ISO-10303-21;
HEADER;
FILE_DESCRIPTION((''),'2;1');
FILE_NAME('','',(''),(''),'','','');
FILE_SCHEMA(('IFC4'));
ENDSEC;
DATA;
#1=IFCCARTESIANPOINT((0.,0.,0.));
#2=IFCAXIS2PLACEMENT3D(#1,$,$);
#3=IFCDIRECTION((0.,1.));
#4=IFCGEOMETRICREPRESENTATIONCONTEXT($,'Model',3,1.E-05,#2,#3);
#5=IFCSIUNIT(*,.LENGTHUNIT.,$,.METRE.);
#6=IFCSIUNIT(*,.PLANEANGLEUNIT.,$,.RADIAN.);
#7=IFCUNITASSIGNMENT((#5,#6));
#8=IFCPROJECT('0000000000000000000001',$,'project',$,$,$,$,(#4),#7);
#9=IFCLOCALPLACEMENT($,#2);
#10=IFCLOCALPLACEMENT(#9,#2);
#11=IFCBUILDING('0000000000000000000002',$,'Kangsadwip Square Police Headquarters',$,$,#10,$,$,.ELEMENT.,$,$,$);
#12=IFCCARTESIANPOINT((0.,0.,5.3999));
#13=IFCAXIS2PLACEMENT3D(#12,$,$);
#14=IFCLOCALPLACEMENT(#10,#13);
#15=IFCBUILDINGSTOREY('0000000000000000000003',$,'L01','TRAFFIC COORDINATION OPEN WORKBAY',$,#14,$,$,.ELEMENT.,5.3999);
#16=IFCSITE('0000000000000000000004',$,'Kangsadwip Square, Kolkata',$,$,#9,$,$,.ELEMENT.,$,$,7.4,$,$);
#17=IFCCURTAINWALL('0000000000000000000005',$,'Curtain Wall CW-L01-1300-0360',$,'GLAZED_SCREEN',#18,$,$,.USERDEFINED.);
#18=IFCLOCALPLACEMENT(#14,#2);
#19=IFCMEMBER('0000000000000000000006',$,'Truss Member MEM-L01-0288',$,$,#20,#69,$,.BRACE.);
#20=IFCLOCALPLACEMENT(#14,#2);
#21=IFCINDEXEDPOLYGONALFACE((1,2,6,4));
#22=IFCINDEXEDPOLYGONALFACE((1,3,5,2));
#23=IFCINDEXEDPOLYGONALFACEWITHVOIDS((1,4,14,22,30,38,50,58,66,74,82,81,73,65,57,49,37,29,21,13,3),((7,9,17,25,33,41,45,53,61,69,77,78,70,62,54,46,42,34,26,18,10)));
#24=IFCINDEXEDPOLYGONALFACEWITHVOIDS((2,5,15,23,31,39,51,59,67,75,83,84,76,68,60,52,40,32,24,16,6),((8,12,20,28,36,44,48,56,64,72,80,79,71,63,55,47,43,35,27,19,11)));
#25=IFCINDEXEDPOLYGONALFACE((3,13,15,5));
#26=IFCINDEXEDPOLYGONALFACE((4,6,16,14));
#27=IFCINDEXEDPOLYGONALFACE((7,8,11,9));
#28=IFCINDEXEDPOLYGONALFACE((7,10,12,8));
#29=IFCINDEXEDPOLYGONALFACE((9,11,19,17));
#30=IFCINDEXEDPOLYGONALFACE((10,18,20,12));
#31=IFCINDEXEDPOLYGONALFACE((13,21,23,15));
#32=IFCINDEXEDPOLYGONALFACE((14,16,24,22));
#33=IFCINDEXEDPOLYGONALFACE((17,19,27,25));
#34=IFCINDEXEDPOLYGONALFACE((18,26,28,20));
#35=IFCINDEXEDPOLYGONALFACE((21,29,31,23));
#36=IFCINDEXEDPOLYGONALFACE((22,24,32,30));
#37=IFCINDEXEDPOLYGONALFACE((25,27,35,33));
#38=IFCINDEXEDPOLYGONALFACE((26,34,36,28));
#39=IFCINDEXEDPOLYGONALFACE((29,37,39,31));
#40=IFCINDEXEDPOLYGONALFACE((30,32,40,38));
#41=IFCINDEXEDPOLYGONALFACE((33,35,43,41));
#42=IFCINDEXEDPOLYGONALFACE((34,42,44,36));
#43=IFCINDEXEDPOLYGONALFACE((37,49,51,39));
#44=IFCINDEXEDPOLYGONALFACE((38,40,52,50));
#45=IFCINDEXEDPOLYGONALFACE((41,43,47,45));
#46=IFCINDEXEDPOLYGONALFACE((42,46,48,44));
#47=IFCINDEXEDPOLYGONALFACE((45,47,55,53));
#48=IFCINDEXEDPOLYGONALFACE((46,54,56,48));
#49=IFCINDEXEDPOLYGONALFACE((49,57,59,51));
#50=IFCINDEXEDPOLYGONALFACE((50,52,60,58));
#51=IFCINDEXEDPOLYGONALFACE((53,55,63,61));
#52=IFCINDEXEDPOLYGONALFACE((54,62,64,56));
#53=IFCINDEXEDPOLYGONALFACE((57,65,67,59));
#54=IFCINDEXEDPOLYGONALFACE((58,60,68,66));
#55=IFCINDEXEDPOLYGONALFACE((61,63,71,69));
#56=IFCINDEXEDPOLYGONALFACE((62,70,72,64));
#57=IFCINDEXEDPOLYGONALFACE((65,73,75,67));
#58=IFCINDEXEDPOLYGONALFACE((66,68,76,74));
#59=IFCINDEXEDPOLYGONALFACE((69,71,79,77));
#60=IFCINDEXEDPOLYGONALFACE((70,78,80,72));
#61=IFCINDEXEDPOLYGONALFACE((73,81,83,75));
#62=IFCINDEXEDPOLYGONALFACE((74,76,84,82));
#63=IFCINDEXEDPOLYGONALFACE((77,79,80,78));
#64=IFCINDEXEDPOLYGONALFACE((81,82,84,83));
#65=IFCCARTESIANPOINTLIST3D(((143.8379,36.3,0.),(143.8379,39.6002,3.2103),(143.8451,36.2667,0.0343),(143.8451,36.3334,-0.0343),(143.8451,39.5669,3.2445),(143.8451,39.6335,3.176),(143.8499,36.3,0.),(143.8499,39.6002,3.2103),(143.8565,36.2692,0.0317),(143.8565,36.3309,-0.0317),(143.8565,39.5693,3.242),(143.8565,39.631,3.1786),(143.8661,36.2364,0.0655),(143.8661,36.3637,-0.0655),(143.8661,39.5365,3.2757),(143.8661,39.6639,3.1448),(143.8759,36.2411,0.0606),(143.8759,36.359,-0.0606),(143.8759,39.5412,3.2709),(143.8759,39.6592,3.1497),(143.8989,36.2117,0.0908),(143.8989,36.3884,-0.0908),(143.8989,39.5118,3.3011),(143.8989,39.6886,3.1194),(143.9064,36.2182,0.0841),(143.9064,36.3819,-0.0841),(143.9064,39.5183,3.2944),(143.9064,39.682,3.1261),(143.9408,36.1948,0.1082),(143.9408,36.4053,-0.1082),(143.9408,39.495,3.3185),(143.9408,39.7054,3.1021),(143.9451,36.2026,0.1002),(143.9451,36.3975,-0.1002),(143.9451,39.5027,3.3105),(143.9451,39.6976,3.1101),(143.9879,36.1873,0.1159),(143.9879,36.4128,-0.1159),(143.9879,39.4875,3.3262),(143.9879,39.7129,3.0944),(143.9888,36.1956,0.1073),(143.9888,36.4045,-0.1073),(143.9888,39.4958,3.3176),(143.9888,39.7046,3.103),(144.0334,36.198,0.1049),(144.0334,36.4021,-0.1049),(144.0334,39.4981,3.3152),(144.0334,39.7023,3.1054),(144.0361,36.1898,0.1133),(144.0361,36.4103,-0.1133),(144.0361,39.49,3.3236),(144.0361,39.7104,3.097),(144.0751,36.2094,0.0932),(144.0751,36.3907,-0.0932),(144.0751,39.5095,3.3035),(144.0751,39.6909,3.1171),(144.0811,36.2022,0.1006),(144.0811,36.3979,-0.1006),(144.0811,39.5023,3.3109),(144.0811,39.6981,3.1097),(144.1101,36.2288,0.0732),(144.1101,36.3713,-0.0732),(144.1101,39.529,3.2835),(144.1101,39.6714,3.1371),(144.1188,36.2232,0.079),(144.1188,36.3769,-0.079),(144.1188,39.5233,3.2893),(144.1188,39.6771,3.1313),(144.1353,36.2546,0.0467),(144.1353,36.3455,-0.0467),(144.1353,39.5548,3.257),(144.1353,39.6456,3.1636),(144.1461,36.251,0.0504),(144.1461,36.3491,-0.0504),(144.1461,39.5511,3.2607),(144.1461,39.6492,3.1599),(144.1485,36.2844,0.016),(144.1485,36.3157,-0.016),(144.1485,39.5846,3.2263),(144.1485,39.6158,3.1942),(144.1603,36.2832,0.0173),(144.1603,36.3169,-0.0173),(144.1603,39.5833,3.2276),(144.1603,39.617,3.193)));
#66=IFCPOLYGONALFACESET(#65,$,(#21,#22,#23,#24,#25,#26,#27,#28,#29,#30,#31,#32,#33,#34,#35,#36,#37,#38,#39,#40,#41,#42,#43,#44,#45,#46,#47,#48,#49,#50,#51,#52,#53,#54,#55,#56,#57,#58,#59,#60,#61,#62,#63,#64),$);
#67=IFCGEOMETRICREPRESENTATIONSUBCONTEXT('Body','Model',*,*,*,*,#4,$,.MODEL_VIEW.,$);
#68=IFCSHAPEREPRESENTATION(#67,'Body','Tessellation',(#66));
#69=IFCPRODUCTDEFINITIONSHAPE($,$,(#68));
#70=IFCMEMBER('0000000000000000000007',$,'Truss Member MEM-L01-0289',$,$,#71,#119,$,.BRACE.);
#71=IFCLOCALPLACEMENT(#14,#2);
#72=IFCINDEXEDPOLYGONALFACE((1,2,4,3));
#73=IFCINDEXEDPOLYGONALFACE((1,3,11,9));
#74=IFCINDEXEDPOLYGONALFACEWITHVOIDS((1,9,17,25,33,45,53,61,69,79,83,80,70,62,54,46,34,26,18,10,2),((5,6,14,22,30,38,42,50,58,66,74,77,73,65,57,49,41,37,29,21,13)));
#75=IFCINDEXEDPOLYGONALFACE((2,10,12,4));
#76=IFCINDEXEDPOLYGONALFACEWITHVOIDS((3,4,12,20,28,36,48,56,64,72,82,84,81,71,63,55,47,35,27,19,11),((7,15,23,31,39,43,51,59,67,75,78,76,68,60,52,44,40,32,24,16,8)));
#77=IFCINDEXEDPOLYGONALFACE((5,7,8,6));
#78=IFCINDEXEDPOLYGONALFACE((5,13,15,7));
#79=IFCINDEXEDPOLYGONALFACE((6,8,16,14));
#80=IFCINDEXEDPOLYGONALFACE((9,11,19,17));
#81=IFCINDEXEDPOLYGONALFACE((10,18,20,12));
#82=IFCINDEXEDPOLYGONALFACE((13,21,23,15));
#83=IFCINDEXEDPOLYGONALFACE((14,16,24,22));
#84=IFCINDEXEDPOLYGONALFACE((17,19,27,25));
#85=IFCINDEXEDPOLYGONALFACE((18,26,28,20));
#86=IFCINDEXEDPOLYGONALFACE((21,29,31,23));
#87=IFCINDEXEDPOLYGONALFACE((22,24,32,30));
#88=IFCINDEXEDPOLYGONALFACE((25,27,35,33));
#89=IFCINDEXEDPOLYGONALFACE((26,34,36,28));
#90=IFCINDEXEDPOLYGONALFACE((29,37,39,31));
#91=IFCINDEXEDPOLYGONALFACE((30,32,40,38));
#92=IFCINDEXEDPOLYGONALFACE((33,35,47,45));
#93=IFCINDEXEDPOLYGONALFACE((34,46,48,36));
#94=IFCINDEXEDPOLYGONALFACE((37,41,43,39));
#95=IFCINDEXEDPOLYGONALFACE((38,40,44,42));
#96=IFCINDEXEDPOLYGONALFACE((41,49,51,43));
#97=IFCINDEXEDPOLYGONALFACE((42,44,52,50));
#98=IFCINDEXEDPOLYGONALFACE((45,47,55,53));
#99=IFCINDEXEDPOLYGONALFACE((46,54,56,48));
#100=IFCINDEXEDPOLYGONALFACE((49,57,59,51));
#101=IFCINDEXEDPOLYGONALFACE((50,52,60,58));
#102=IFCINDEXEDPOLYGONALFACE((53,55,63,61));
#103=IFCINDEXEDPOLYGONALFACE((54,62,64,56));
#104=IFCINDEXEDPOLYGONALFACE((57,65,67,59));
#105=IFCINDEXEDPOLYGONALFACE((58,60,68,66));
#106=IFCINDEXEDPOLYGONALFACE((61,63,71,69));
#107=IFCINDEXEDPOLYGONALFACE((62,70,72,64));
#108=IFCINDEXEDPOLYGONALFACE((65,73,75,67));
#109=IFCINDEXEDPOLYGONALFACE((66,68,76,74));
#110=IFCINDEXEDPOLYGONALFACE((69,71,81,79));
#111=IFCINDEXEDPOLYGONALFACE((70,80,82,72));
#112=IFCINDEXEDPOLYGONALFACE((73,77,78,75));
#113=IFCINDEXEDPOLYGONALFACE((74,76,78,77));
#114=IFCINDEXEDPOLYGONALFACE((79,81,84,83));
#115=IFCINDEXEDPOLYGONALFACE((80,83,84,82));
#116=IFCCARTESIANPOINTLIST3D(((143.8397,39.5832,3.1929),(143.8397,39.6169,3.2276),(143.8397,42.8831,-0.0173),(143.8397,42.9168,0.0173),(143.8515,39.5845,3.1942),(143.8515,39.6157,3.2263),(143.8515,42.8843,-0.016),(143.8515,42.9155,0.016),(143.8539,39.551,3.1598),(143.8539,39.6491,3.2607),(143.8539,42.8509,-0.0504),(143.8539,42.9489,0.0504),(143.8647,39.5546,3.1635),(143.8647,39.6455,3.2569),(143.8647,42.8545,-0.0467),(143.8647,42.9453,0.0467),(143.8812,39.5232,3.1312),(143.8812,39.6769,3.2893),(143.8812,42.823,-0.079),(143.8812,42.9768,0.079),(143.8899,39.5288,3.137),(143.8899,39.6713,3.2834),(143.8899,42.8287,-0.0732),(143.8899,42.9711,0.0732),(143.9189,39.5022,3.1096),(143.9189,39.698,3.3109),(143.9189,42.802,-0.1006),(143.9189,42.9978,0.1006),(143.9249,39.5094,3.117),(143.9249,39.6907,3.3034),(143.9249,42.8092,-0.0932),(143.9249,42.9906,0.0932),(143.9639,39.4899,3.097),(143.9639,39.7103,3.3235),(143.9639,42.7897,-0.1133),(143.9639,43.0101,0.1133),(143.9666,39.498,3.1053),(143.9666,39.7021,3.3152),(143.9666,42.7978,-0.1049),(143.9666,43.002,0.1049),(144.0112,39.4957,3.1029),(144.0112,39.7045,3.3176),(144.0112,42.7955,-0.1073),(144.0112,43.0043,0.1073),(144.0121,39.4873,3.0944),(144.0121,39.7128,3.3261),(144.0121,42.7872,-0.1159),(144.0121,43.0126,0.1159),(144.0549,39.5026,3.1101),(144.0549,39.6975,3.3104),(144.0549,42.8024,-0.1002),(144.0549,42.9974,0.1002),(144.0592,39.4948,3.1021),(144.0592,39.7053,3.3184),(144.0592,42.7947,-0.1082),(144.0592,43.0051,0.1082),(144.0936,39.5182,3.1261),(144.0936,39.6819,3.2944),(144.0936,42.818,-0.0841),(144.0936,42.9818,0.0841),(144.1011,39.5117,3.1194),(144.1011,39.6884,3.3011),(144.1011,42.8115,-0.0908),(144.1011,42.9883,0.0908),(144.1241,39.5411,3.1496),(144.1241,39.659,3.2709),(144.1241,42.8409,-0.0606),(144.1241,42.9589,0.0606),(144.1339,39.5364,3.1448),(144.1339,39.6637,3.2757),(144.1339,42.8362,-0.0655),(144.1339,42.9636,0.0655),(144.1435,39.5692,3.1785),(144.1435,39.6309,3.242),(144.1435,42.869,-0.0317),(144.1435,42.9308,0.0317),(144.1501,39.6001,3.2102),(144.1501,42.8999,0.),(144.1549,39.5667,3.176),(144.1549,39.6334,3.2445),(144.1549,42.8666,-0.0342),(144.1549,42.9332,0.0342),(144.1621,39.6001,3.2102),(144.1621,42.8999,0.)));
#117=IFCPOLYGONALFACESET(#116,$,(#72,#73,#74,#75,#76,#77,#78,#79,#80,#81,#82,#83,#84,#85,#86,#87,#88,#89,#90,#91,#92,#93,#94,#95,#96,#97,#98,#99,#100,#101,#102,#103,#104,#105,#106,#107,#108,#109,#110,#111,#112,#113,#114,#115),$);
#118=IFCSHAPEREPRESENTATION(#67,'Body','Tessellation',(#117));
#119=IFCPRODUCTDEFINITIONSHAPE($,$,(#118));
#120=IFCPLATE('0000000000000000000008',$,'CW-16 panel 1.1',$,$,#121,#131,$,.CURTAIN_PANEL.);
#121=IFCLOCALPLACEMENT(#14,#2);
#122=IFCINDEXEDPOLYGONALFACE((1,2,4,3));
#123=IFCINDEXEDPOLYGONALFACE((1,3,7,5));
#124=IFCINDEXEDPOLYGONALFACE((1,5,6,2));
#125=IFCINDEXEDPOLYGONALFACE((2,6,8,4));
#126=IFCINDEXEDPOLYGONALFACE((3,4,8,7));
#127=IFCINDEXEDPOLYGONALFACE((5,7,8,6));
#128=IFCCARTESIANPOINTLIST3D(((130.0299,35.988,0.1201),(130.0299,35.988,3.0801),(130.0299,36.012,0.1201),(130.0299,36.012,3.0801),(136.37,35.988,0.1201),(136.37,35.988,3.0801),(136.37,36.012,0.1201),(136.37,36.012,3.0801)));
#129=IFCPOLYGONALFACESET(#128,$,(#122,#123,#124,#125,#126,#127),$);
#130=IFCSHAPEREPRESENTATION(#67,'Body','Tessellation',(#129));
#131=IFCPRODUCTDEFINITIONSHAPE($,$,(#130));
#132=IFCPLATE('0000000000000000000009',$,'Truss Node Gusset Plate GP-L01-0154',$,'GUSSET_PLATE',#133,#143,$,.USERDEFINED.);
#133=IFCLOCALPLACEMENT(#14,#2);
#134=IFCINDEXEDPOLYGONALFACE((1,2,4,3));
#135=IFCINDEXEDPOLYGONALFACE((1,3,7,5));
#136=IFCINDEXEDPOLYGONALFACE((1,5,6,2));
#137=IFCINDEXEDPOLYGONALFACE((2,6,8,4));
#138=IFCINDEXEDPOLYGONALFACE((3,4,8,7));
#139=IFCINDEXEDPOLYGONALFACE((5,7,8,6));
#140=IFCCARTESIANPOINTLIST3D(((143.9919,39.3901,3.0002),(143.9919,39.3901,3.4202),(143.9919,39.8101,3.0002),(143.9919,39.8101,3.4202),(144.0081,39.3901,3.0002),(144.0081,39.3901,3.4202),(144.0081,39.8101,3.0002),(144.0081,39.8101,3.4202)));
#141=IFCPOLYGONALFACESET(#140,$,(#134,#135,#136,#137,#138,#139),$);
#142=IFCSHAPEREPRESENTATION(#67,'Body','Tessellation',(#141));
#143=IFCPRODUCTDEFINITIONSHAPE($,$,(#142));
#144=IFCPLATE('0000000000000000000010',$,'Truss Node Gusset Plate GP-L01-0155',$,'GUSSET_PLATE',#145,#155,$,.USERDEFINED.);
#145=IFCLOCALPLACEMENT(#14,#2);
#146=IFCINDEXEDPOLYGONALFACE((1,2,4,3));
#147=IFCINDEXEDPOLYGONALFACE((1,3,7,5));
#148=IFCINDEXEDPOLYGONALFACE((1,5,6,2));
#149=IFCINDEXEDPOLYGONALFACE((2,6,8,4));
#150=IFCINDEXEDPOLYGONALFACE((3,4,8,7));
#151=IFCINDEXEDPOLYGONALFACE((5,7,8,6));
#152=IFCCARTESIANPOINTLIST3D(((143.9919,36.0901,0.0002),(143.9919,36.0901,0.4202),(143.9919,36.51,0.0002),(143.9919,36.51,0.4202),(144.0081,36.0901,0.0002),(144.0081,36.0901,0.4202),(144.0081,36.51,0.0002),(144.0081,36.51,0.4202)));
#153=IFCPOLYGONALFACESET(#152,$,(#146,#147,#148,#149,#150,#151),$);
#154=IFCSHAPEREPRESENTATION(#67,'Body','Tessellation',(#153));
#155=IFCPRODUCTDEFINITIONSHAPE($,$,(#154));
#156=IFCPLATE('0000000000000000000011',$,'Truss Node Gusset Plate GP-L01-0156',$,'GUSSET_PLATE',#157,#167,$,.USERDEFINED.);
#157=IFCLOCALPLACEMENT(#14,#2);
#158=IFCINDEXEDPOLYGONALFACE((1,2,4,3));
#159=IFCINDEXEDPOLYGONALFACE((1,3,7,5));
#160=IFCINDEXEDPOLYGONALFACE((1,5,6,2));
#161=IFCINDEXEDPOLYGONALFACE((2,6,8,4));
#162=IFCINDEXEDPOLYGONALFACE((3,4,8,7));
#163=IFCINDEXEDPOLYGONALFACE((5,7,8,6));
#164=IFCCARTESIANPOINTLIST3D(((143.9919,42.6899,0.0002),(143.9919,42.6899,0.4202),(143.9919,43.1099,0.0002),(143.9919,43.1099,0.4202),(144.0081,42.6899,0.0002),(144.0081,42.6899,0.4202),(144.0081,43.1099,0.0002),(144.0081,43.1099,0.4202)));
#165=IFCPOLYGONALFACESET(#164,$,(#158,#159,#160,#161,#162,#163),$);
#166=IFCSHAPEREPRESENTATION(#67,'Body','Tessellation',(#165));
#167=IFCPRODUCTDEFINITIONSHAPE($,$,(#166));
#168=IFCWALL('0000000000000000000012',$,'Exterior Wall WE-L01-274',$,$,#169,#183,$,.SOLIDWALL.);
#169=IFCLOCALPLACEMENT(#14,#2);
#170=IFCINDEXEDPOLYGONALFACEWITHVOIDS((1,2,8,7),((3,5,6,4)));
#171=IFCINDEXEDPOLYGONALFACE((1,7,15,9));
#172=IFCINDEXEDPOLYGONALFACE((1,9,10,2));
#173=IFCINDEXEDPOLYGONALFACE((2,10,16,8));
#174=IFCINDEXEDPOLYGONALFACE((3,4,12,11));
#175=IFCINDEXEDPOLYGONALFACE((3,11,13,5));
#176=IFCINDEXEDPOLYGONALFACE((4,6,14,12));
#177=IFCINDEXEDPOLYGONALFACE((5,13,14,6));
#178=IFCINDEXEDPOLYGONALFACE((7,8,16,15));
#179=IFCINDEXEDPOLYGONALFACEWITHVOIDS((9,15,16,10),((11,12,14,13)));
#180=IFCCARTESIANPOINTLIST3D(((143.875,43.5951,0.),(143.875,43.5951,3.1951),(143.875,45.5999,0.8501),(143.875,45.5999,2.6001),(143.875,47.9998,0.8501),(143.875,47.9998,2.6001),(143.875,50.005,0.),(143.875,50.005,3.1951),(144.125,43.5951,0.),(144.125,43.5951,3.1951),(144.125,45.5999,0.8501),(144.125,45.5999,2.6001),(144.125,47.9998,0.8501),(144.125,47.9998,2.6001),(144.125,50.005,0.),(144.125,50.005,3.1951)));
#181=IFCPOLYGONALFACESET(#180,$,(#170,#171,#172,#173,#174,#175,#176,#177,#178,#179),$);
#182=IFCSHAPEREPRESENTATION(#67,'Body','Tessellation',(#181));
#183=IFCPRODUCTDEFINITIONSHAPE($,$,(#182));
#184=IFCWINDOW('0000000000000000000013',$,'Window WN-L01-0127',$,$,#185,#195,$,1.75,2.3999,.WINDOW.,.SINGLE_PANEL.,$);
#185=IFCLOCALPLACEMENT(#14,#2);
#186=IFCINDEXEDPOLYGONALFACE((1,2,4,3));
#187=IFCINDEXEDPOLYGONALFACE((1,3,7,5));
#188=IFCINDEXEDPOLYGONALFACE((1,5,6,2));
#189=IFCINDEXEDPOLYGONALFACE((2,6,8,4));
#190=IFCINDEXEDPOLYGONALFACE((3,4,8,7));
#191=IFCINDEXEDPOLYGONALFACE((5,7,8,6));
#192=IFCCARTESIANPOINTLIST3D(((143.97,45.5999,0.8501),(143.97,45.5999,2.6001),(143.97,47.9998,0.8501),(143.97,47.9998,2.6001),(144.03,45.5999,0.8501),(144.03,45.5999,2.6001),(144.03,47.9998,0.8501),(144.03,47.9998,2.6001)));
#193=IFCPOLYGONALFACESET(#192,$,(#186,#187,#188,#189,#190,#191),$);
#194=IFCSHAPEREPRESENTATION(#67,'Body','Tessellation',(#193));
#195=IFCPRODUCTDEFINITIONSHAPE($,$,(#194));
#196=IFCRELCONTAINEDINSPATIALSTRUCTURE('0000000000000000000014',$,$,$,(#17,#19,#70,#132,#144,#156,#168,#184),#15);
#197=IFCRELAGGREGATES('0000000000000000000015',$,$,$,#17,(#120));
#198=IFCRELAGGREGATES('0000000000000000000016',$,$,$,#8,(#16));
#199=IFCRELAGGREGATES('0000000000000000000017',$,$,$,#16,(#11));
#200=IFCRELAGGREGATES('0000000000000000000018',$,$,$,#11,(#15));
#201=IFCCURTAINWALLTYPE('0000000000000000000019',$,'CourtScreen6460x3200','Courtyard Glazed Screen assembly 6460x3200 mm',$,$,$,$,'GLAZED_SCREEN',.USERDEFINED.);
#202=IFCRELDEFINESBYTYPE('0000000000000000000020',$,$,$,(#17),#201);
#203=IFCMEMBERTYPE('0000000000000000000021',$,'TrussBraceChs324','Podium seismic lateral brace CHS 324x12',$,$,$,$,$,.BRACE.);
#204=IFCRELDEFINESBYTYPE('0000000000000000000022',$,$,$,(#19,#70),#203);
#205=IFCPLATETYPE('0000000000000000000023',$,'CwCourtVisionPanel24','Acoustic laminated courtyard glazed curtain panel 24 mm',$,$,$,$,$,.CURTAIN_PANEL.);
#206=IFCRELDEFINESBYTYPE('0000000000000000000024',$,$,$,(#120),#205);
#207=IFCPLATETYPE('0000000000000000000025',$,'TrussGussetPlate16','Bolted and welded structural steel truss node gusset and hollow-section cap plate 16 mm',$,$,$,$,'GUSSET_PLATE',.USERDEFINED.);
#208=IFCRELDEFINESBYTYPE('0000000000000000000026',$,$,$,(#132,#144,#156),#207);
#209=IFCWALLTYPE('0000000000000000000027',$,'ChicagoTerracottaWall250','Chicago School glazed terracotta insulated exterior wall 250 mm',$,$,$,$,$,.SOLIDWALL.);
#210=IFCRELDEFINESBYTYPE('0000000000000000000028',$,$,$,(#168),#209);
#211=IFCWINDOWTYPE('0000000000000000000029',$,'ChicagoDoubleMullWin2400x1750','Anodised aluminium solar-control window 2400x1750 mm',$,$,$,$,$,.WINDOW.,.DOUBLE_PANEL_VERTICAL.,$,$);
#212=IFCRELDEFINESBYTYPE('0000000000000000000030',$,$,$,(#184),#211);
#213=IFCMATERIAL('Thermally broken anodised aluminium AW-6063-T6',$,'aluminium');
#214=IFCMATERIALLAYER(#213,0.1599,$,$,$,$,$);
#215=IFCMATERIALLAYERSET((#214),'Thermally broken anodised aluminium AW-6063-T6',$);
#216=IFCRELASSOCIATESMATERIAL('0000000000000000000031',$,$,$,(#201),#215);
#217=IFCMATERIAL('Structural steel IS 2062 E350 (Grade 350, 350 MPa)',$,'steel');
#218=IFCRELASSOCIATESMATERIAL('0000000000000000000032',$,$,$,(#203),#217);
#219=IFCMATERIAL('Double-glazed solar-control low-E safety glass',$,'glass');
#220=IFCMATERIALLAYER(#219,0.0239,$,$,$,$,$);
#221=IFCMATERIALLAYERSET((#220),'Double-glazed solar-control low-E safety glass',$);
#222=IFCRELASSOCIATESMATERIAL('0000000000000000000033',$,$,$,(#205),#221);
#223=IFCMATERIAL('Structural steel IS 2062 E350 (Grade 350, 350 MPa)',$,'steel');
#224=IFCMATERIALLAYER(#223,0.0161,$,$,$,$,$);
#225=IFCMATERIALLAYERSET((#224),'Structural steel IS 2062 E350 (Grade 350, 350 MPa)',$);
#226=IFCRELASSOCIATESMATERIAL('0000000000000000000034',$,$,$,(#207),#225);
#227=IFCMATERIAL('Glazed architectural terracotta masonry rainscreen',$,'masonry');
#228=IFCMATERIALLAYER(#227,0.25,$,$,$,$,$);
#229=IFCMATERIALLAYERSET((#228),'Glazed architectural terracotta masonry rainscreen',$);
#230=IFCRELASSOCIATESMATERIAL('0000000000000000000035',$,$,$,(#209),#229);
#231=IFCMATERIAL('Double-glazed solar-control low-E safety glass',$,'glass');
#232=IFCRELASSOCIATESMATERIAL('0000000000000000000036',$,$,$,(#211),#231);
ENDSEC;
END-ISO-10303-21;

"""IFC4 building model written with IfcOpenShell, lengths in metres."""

from ifc_helpers import new_model, si_unit, direction, frame, frame_2d, origin, origin_2d, place, context, subcontext, project, spatial, rectangle, hollow_circle, extrude, material, layer, layer_set, material_profile, profile_set, type_object, element, fill, aggregate, save


model = new_model("IFC4")

# Units and contexts
model_context = context("Model", 3, precision=1e-05, world=origin(), true_north=direction((0.0, 1.0)))
body_context = subcontext(model_context, "Body", "Model", "MODEL_VIEW")
ifc_project = project(units=[si_unit("LENGTHUNIT", "METRE"), si_unit("PLANEANGLEUNIT", "RADIAN")], contexts=[model_context])

# Site, building, storey
site_placement = place(None, origin())
site = spatial("IfcSite", under=ifc_project, at=site_placement, Name="Kangsadwip Square, Kolkata", CompositionType="ELEMENT", RefElevation=7.4)
building_placement = place(site_placement, origin())
building = spatial("IfcBuilding", under=site, at=building_placement, Name="Kangsadwip Square Police Headquarters", CompositionType="ELEMENT")
storey_placement = place(building_placement, frame((0.0, 0.0, 5.3999)))
storey = spatial("IfcBuildingStorey", under=building, at=storey_placement, Name="L01", Description="TRAFFIC COORDINATION OPEN WORKBAY", CompositionType="ELEMENT", Elevation=5.3999)

# Curtain wall
ifc_material_1 = material(Name="Thermally broken anodised aluminium AW-6063-T6", Category="aluminium")
ifc_layer_1 = layer(ifc_material_1, 0.1599)
ifc_layer_set_1 = layer_set([ifc_layer_1], Name="Thermally broken anodised aluminium AW-6063-T6")
curtain_wall_type = type_object("IfcCurtainWallType", Name="CourtScreen6460x3200", Description="Courtyard Glazed Screen assembly 6460x3200 mm", ElementType="GLAZED_SCREEN", PredefinedType="USERDEFINED", material=ifc_layer_set_1)
curtain_wall_placement = place(storey_placement, origin())
curtain_wall = element("IfcCurtainWall", 1, at=curtain_wall_placement, inside=storey, type_object=curtain_wall_type, Name="Curtain Wall CW-L01-1300-0360", ObjectType="GLAZED_SCREEN", PredefinedType="USERDEFINED")

# Members
ifc_material_2 = material(Name="Structural steel IS 2062 E350 (Grade 350, 350 MPa)", Category="steel")
ifc_material_profile_1 = material_profile(ifc_material_2, hollow_circle(Radius=0.1621, WallThickness=0.012, at=origin_2d()), Name="CHS 324X12")
ifc_profile_set_1 = profile_set([ifc_material_profile_1], Name="Structural steel IS 2062 E350 (Grade 350, 350 MPa)")
member_type_1 = type_object("IfcMemberType", Name="TrussBraceChs324", Description="Podium seismic lateral brace CHS 324x12", PredefinedType="BRACE", material=ifc_profile_set_1)
member_1_placement = place(storey_placement, frame((144.0, 36.3, 0.0), z_axis=(0.0, 0.716797, 0.697282), x_axis=(-1.0, 0.0, 0.0)))
element("IfcMember", 2, at=member_1_placement, inside=storey, type_object=member_type_1, Name="Truss Member MEM-L01-0288", PredefinedType="BRACE", context=body_context, shape_type="SweptSolid", body=[
    extrude(hollow_circle(Radius=0.1621, WallThickness=0.012, at=origin_2d()), origin(), (0.0, 0.0, 1.0), 4.604),
])
member_2_placement = place(storey_placement, frame((144.0, 42.8999, 0.0), z_axis=(0.0, -0.716771, 0.697309), x_axis=(1.0, 0.0, 0.0)))
element("IfcMember", 3, at=member_2_placement, inside=storey, type_object=member_type_1, Name="Truss Member MEM-L01-0289", PredefinedType="BRACE", context=body_context, shape_type="SweptSolid", body=[
    extrude(hollow_circle(Radius=0.1621, WallThickness=0.012, at=origin_2d()), origin(), (0.0, 0.0, 1.0), 4.6038),
])

# Plate
ifc_material_3 = material(Name="Double-glazed solar-control low-E safety glass", Category="glass")
ifc_layer_2 = layer(ifc_material_3, 0.0239)
ifc_layer_set_2 = layer_set([ifc_layer_2], Name="Double-glazed solar-control low-E safety glass")
plate_type_1 = type_object("IfcPlateType", Name="CwCourtVisionPanel24", Description="Acoustic laminated courtyard glazed curtain panel 24 mm", PredefinedType="CURTAIN_PANEL", material=ifc_layer_set_2)
plate_placement = place(storey_placement, frame((133.2, 36.0, 0.1201), z_axis=(0.0, 0.0, 1.0), x_axis=(1.0, 0.0, 0.0)))
plate = element("IfcPlate", 4, at=plate_placement, type_object=plate_type_1, Name="CW-16 panel 1.1", PredefinedType="CURTAIN_PANEL", context=body_context, shape_type="SweptSolid", body=[
    extrude(rectangle(XDim=6.3401, YDim=0.0239, at=origin_2d()), origin(), (0.0, 0.0, 1.0), 2.96),
])
aggregate(curtain_wall, [plate])

# Plates
ifc_material_4 = material(Name="Structural steel IS 2062 E350 (Grade 350, 350 MPa)", Category="steel")
ifc_layer_3 = layer(ifc_material_4, 0.0161)
ifc_layer_set_3 = layer_set([ifc_layer_3], Name="Structural steel IS 2062 E350 (Grade 350, 350 MPa)")
plate_type_2 = type_object("IfcPlateType", Name="TrussGussetPlate16", Description="Bolted and welded structural steel truss node gusset and hollow-section cap plate 16 mm", ElementType="GUSSET_PLATE", PredefinedType="USERDEFINED", material=ifc_layer_set_3)
for number, where, z_axis, x_axis, name in (
    (5, (144.0, 39.6001, 3.0002), (0.0, 0.0, 1.0), (0.0, 1.0, 0.0), "Truss Node Gusset Plate GP-L01-0154"),
    (6, (144.0, 36.3, 0.0002), (0.0, 0.0, 1.0), (0.0, 1.0, 0.0), "Truss Node Gusset Plate GP-L01-0155"),
    (7, (144.0, 42.8999, 0.0002), (0.0, 0.0, 1.0), (0.0, 1.0, 0.0), "Truss Node Gusset Plate GP-L01-0156"),
):
    element("IfcPlate", number, at=place(storey_placement, frame(where, z_axis=z_axis, x_axis=x_axis)), inside=storey, type_object=plate_type_2, Name=name, ObjectType="GUSSET_PLATE", PredefinedType="USERDEFINED", context=body_context, shape_type="SweptSolid", body=[
        extrude(rectangle(XDim=0.4199, YDim=0.0161, at=origin_2d()), origin(), (0.0, 0.0, 1.0), 0.4199),
    ])

# Wall, opening, window
ifc_material_5 = material(Name="Glazed architectural terracotta masonry rainscreen", Category="masonry")
ifc_layer_4 = layer(ifc_material_5, 0.25)
ifc_layer_set_4 = layer_set([ifc_layer_4], Name="Glazed architectural terracotta masonry rainscreen")
wall_type_1 = type_object("IfcWallType", Name="ChicagoTerracottaWall250", Description="Chicago School glazed terracotta insulated exterior wall 250 mm", PredefinedType="SOLIDWALL", material=ifc_layer_set_4)
wall_1_placement = place(storey_placement, frame((144.0, 43.595, 0.0), z_axis=(0.0, 0.0, 1.0), x_axis=(0.0, 1.0, 0.0)))
wall_1 = element("IfcWall", 8, at=wall_1_placement, inside=storey, type_object=wall_type_1, Name="Exterior Wall WE-L01-274", PredefinedType="SOLIDWALL", context=body_context, shape_type="SweptSolid", body=[
    extrude(rectangle(XDim=6.4099, YDim=0.25, at=frame_2d((3.2051, 0.0))), origin(), (0.0, 0.0, 1.0), 3.1951),
])
opening_1_placement = place(wall_1_placement, frame((2.0049, 0.0, 0.8501)))
opening_1 = element("IfcOpeningElement", 9, at=opening_1_placement, cuts=wall_1, PredefinedType="OPENING", context=body_context, shape_type="SweptSolid", body=[
    extrude(rectangle(XDim=2.3999, YDim=1.75, at=frame_2d((1.2, 0.875))), frame((0.0, 0.135, 0.0), z_axis=(0.0, -1.0, 0.0), x_axis=(1.0, 0.0, 0.0)), (0.0, 0.0, 1.0), 0.27),
])
ifc_material_6 = material(Name="Double-glazed solar-control low-E safety glass", Category="glass")
window_type_1 = type_object("IfcWindowType", Name="ChicagoDoubleMullWin2400x1750", Description="Anodised aluminium solar-control window 2400x1750 mm", PartitioningType="DOUBLE_PANEL_VERTICAL", PredefinedType="WINDOW", material=ifc_material_6)
window_1_placement = place(opening_1_placement, origin())
window_1 = element("IfcWindow", 10, at=window_1_placement, inside=storey, type_object=window_type_1, Name="Window WN-L01-0127", OverallHeight=1.75, OverallWidth=2.3999, PartitioningType="SINGLE_PANEL", PredefinedType="WINDOW", context=body_context, shape_type="SweptSolid", body=[
    extrude(rectangle(XDim=2.3999, YDim=1.75, at=frame_2d((1.2, 0.875))), frame((0.0, 0.03, 0.0), z_axis=(0.0, -1.0, 0.0), x_axis=(1.0, 0.0, 0.0)), (0.0, 0.0, 1.0), 0.0601),
])
fill(opening_1, window_1)

save(model, "model.ifc")
